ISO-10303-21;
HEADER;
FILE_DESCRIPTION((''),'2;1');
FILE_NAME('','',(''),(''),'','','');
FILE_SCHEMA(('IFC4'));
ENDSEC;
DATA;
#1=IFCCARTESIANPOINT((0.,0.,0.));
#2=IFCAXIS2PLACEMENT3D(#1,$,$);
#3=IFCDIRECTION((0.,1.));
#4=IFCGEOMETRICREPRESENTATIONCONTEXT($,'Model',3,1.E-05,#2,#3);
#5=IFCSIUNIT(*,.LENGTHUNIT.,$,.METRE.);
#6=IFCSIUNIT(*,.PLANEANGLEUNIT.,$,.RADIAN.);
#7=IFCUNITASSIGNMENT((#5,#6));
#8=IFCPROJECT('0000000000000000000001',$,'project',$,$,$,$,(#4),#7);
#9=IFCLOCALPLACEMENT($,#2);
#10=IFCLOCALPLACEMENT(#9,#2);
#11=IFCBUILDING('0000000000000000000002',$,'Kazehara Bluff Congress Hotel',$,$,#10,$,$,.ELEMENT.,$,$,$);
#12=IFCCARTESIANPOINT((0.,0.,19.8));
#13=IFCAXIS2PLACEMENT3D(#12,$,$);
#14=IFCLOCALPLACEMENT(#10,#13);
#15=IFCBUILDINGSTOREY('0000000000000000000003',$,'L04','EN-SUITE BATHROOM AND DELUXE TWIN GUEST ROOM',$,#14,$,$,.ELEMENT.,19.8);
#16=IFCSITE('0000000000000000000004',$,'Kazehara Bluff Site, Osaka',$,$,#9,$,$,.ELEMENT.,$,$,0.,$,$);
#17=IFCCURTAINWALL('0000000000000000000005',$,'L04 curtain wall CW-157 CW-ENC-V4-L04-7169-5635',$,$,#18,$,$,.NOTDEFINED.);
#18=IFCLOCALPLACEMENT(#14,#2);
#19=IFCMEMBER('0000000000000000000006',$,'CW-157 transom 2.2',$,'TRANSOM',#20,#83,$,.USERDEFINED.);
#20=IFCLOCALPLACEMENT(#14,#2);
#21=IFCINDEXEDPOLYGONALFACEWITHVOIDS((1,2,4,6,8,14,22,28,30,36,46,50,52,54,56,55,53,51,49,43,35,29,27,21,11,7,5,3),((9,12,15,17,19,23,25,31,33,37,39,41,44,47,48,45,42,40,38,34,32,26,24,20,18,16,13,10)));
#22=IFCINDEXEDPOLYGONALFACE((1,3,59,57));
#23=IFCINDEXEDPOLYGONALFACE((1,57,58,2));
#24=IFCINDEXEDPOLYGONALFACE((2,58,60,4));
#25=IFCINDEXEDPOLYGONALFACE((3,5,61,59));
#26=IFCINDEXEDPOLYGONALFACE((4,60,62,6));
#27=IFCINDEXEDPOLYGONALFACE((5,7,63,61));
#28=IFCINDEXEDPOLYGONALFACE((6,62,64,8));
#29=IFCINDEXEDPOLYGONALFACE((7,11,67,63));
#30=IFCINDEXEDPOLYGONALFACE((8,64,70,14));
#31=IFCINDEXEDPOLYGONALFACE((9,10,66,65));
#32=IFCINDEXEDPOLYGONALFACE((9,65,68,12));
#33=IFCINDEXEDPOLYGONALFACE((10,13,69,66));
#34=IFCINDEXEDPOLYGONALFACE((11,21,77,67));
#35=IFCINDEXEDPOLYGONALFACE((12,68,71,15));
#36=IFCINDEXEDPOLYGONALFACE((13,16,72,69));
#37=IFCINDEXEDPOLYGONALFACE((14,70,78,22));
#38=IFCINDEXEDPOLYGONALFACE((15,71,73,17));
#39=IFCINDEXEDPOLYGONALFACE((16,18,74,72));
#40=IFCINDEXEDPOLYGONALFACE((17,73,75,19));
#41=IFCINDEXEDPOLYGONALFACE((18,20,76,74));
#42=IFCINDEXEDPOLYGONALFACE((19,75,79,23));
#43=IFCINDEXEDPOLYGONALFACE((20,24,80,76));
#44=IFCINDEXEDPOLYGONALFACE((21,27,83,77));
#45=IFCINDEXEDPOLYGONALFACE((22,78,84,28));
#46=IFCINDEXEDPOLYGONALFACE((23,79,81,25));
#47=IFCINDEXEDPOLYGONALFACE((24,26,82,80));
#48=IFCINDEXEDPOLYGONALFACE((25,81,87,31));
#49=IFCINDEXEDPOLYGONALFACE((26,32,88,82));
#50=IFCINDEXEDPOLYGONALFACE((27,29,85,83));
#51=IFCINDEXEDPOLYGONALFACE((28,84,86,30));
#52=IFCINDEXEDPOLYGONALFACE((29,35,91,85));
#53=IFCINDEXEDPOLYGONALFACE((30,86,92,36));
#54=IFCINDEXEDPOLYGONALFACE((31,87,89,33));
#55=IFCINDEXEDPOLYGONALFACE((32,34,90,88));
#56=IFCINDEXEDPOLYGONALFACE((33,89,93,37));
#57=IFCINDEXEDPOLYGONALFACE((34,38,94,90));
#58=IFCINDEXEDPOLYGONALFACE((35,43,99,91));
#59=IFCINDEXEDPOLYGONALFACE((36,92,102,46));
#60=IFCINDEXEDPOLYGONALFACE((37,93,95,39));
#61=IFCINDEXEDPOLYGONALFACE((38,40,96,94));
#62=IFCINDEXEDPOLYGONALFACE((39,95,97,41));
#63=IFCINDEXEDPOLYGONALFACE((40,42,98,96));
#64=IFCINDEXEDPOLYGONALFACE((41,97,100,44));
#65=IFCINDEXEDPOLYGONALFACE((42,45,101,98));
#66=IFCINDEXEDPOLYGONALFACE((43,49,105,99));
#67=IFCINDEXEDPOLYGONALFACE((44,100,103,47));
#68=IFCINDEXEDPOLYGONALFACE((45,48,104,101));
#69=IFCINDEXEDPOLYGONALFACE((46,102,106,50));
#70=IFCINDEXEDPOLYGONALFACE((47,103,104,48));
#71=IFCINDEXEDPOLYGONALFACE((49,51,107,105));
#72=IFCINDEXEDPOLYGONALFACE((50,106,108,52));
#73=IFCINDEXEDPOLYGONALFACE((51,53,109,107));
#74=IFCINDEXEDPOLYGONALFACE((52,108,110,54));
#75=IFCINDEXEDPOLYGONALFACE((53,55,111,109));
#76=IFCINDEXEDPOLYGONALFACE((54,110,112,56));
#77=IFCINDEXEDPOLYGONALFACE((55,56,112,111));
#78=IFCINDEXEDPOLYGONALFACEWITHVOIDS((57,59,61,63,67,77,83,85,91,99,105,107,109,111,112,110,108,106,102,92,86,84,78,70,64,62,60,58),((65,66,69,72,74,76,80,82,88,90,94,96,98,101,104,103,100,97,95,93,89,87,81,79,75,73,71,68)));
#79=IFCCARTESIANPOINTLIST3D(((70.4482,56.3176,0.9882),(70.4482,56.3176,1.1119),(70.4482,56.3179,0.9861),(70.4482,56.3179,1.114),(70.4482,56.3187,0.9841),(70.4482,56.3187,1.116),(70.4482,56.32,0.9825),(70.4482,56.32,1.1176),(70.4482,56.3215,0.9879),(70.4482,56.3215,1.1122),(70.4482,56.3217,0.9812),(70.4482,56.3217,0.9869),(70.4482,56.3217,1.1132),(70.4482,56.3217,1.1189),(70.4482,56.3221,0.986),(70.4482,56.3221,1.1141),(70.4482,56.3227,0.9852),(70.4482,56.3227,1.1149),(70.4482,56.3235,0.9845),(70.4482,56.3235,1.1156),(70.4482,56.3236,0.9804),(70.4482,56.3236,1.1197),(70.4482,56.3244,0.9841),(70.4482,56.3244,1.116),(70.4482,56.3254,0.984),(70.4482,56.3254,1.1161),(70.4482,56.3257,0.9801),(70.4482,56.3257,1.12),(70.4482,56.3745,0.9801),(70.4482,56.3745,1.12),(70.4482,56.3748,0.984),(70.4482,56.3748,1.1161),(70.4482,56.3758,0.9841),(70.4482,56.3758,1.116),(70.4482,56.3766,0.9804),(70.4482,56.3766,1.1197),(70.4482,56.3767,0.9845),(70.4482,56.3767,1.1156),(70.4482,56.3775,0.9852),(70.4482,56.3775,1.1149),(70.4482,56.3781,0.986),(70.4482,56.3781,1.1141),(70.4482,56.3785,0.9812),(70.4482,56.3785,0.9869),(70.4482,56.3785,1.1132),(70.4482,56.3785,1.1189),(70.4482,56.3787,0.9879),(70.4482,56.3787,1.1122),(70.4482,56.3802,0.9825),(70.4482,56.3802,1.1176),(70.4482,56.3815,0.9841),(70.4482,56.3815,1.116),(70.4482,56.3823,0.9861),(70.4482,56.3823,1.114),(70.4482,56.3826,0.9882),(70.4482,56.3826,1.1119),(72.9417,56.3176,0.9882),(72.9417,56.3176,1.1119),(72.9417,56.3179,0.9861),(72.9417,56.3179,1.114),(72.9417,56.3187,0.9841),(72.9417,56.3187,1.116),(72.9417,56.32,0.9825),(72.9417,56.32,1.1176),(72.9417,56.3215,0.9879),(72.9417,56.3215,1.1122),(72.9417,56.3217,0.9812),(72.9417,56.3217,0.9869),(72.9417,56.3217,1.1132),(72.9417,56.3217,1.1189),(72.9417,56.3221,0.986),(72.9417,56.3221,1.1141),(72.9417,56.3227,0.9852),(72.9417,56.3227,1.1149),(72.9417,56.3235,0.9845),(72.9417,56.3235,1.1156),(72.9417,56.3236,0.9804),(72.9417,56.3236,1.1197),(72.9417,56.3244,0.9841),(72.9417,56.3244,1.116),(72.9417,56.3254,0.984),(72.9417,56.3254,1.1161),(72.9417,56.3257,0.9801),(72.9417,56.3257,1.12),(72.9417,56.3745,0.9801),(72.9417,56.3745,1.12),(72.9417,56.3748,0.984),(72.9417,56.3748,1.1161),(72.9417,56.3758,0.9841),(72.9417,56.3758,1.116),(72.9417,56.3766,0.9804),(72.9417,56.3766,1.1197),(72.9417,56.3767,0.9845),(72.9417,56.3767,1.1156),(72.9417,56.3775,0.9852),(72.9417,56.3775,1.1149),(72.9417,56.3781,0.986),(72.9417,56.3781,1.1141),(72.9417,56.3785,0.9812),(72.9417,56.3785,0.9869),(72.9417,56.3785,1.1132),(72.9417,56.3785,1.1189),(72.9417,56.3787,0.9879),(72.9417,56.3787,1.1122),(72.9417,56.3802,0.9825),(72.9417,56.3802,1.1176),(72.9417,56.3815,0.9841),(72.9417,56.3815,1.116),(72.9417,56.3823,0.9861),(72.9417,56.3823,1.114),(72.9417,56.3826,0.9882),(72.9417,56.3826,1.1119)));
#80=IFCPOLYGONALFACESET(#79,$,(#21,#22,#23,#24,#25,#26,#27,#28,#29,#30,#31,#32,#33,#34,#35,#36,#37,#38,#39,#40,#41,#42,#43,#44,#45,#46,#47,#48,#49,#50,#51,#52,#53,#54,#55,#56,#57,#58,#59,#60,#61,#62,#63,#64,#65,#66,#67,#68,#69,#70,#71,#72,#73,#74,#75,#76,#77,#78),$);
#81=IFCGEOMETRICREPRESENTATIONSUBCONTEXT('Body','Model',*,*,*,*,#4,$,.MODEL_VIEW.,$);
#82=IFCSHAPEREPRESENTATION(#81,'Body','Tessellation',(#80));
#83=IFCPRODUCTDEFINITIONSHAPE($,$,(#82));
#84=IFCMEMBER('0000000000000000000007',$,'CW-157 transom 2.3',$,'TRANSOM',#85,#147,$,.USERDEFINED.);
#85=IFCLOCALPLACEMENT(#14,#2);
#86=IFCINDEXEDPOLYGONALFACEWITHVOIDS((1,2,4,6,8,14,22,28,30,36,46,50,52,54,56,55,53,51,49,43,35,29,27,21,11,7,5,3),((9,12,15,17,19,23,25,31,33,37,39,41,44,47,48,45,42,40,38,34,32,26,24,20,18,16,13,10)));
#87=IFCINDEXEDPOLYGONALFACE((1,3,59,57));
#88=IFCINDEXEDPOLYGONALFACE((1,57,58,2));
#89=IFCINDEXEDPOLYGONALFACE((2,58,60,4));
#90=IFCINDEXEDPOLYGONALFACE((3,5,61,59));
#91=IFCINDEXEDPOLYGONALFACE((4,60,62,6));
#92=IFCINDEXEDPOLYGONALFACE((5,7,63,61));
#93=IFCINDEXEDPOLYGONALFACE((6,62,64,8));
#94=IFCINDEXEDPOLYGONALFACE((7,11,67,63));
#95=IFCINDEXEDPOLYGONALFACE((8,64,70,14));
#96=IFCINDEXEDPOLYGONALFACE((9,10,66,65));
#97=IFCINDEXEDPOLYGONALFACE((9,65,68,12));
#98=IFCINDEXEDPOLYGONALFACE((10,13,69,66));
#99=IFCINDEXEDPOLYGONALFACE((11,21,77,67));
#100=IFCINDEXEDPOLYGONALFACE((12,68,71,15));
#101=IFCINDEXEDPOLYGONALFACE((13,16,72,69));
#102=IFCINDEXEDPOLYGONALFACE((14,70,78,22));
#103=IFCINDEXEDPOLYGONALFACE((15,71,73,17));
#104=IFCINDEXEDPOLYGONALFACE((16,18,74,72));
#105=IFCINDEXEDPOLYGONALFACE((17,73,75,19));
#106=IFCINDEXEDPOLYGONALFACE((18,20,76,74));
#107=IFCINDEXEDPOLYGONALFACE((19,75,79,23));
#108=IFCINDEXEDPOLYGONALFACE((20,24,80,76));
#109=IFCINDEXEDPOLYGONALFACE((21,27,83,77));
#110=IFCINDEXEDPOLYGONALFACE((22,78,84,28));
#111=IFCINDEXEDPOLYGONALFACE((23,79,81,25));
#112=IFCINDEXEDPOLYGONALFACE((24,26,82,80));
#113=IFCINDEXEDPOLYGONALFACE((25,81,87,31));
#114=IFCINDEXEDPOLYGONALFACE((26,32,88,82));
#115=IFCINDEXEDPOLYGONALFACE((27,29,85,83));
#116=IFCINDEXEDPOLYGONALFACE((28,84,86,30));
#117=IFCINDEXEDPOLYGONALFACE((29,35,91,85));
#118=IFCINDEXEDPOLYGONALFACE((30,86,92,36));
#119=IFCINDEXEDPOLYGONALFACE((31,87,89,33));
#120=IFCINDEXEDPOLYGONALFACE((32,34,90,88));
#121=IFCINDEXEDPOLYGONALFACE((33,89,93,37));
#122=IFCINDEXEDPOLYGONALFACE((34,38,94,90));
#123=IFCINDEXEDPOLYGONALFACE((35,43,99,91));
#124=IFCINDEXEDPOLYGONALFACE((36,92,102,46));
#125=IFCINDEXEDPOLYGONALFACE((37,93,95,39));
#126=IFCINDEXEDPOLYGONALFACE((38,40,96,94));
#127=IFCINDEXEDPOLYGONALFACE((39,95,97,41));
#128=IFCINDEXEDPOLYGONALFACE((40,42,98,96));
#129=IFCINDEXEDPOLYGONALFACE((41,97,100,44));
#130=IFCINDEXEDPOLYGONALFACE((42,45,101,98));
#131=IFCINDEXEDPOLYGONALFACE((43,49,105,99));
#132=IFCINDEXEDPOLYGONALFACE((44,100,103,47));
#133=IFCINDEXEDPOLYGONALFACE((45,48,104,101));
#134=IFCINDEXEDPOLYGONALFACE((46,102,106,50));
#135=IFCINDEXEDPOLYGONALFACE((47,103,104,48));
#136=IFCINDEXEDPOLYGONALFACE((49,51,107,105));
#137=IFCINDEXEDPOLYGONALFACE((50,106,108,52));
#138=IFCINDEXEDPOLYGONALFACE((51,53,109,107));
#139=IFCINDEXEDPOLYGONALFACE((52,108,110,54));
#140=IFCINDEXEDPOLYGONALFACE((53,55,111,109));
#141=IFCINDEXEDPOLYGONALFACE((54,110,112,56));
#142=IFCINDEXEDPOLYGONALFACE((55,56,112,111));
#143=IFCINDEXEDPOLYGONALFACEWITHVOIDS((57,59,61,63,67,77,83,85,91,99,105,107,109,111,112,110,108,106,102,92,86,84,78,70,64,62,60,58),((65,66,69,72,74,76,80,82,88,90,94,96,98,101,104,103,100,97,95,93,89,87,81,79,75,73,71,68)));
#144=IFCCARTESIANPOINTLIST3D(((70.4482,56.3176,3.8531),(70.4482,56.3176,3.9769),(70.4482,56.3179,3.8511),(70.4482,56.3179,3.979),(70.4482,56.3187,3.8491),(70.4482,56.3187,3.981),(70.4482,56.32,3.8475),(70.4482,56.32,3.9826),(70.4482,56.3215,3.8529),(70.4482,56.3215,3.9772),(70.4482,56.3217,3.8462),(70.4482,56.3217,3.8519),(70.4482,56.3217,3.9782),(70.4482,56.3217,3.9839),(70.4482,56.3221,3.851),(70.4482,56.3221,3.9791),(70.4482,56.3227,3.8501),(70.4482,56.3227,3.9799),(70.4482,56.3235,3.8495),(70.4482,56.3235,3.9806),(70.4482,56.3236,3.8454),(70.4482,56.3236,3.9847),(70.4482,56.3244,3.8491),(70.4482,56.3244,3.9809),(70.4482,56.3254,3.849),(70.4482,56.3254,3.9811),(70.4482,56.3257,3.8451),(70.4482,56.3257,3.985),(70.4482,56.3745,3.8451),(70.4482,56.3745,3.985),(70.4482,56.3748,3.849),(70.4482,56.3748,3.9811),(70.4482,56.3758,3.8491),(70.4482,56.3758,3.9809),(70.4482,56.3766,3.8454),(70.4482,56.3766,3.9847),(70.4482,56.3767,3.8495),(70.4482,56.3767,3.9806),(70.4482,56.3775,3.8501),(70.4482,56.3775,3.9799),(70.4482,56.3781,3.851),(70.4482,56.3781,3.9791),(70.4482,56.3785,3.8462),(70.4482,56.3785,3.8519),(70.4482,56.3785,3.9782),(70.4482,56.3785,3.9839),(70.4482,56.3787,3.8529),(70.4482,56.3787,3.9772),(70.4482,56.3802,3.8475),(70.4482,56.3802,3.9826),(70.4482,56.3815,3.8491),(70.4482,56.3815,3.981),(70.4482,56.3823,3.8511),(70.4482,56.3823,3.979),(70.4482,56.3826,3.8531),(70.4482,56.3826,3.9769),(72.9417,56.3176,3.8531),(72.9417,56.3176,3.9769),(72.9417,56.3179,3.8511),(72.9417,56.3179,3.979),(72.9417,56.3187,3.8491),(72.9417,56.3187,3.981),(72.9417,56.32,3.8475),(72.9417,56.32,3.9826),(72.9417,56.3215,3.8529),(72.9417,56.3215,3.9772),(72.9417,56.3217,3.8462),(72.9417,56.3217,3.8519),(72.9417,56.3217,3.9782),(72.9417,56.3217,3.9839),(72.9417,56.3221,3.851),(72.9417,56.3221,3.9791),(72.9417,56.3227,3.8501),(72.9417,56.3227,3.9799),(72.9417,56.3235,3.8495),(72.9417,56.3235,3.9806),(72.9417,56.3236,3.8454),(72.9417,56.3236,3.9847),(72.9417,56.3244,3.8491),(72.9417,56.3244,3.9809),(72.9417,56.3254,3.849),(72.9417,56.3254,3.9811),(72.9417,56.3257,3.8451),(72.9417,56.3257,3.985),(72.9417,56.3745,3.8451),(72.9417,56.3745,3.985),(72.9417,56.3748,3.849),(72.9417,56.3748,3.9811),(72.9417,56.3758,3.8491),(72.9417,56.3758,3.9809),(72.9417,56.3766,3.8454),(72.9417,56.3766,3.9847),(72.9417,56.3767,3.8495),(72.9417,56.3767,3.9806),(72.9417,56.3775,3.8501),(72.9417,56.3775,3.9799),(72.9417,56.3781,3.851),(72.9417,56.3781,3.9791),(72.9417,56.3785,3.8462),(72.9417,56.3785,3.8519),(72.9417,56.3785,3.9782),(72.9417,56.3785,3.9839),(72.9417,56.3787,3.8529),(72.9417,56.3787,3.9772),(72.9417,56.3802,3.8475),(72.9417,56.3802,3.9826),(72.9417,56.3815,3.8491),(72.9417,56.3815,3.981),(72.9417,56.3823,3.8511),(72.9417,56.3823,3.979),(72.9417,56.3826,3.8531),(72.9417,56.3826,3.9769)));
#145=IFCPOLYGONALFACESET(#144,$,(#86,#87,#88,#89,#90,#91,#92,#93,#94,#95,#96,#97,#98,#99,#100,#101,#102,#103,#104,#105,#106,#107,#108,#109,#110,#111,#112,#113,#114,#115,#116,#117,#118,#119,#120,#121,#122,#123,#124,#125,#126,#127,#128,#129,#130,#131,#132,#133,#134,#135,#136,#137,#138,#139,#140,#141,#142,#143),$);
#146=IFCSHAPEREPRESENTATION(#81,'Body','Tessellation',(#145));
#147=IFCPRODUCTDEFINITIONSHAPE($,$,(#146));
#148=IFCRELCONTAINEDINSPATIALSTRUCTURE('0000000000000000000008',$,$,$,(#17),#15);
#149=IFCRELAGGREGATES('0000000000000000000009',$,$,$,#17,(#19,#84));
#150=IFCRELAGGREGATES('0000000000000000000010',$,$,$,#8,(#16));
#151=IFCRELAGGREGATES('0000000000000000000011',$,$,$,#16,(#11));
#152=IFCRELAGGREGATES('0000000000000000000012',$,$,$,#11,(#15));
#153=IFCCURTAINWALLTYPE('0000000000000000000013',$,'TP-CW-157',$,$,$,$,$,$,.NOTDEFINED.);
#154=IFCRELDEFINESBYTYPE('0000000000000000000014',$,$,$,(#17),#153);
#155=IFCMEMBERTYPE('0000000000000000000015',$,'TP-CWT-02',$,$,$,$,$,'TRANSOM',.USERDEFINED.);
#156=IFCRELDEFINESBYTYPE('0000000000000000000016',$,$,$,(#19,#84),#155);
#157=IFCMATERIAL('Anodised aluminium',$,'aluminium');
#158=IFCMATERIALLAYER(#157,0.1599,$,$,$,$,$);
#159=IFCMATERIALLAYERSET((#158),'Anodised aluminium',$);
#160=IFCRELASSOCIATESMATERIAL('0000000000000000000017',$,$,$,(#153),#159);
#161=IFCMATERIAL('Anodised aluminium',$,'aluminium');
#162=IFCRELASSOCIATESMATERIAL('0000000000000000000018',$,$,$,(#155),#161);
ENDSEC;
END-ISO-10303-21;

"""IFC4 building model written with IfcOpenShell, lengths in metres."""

from ifc_helpers import new_model, si_unit, direction, frame, origin, origin_2d, place, context, subcontext, project, spatial, hollow_rectangle, extrude, material, layer, layer_set, material_profile, profile_set, type_object, element, aggregate, save


model = new_model("IFC4")

# Units and contexts
model_context = context("Model", 3, precision=1e-05, world=origin(), true_north=direction((0.0, 1.0)))
body_context = subcontext(model_context, "Body", "Model", "MODEL_VIEW")
ifc_project = project(units=[si_unit("LENGTHUNIT", "METRE"), si_unit("PLANEANGLEUNIT", "RADIAN")], contexts=[model_context])

# Site, building, storey
site_placement = place(None, origin())
site = spatial("IfcSite", under=ifc_project, at=site_placement, Name="Kazehara Bluff Site, Osaka", CompositionType="ELEMENT", RefElevation=0.0)
building_placement = place(site_placement, origin())
building = spatial("IfcBuilding", under=site, at=building_placement, Name="Kazehara Bluff Congress Hotel", CompositionType="ELEMENT")
storey_placement = place(building_placement, frame((0.0, 0.0, 19.8)))
storey = spatial("IfcBuildingStorey", under=building, at=storey_placement, Name="L04", Description="EN-SUITE BATHROOM AND DELUXE TWIN GUEST ROOM", CompositionType="ELEMENT", Elevation=19.8)

# Curtain wall, members
ifc_material_1 = material(Name="Anodised aluminium", Category="aluminium")
ifc_layer_1 = layer(ifc_material_1, 0.1599)
ifc_layer_set_1 = layer_set([ifc_layer_1], Name="Anodised aluminium")
curtain_wall_type_1 = type_object("IfcCurtainWallType", Name="TP-CW-157", PredefinedType="NOTDEFINED", material=ifc_layer_set_1)
curtain_wall_1_placement = place(storey_placement, origin())
curtain_wall_1 = element("IfcCurtainWall", 1, at=curtain_wall_1_placement, inside=storey, type_object=curtain_wall_type_1, Name="L04 curtain wall CW-157 CW-ENC-V4-L04-7169-5635", PredefinedType="NOTDEFINED")
ifc_material_2 = material(Name="Anodised aluminium", Category="aluminium")
ifc_material_profile_1 = material_profile(ifc_material_2, hollow_rectangle(XDim=0.0649, YDim=0.1399, WallThickness=0.0039, InnerFilletRadius=0.0039, OuterFilletRadius=0.0081, at=origin_2d()))
ifc_profile_set_1 = profile_set([ifc_material_profile_1], Name="Anodised aluminium")
member_type_1 = type_object("IfcMemberType", Name="TP-CWT-02", ElementType="TRANSOM", PredefinedType="USERDEFINED", material=ifc_profile_set_1)
member_1_placement = place(storey_placement, frame((70.4482, 56.3501, 1.05), z_axis=(1.0, 0.0, 0.0), x_axis=(0.0, 1.0, 0.0)))
member_1 = element("IfcMember", 2, at=member_1_placement, type_object=member_type_1, Name="CW-157 transom 2.2", ObjectType="TRANSOM", PredefinedType="USERDEFINED", context=body_context, shape_type="SweptSolid", body=[
    extrude(hollow_rectangle(XDim=0.0649, YDim=0.1399, WallThickness=0.0039, InnerFilletRadius=0.0039, OuterFilletRadius=0.0081, at=origin_2d()), origin(), (0.0, 0.0, 1.0), 2.4934),
])
member_2_placement = place(storey_placement, frame((70.4482, 56.3501, 3.915), z_axis=(1.0, 0.0, 0.0), x_axis=(0.0, 1.0, 0.0)))
member_2 = element("IfcMember", 3, at=member_2_placement, type_object=member_type_1, Name="CW-157 transom 2.3", ObjectType="TRANSOM", PredefinedType="USERDEFINED", context=body_context, shape_type="SweptSolid", body=[
    extrude(hollow_rectangle(XDim=0.0649, YDim=0.1399, WallThickness=0.0039, InnerFilletRadius=0.0039, OuterFilletRadius=0.0081, at=origin_2d()), origin(), (0.0, 0.0, 1.0), 2.4934),
])

aggregate(curtain_wall_1, [member_1, member_2])

save(model, "model.ifc")
